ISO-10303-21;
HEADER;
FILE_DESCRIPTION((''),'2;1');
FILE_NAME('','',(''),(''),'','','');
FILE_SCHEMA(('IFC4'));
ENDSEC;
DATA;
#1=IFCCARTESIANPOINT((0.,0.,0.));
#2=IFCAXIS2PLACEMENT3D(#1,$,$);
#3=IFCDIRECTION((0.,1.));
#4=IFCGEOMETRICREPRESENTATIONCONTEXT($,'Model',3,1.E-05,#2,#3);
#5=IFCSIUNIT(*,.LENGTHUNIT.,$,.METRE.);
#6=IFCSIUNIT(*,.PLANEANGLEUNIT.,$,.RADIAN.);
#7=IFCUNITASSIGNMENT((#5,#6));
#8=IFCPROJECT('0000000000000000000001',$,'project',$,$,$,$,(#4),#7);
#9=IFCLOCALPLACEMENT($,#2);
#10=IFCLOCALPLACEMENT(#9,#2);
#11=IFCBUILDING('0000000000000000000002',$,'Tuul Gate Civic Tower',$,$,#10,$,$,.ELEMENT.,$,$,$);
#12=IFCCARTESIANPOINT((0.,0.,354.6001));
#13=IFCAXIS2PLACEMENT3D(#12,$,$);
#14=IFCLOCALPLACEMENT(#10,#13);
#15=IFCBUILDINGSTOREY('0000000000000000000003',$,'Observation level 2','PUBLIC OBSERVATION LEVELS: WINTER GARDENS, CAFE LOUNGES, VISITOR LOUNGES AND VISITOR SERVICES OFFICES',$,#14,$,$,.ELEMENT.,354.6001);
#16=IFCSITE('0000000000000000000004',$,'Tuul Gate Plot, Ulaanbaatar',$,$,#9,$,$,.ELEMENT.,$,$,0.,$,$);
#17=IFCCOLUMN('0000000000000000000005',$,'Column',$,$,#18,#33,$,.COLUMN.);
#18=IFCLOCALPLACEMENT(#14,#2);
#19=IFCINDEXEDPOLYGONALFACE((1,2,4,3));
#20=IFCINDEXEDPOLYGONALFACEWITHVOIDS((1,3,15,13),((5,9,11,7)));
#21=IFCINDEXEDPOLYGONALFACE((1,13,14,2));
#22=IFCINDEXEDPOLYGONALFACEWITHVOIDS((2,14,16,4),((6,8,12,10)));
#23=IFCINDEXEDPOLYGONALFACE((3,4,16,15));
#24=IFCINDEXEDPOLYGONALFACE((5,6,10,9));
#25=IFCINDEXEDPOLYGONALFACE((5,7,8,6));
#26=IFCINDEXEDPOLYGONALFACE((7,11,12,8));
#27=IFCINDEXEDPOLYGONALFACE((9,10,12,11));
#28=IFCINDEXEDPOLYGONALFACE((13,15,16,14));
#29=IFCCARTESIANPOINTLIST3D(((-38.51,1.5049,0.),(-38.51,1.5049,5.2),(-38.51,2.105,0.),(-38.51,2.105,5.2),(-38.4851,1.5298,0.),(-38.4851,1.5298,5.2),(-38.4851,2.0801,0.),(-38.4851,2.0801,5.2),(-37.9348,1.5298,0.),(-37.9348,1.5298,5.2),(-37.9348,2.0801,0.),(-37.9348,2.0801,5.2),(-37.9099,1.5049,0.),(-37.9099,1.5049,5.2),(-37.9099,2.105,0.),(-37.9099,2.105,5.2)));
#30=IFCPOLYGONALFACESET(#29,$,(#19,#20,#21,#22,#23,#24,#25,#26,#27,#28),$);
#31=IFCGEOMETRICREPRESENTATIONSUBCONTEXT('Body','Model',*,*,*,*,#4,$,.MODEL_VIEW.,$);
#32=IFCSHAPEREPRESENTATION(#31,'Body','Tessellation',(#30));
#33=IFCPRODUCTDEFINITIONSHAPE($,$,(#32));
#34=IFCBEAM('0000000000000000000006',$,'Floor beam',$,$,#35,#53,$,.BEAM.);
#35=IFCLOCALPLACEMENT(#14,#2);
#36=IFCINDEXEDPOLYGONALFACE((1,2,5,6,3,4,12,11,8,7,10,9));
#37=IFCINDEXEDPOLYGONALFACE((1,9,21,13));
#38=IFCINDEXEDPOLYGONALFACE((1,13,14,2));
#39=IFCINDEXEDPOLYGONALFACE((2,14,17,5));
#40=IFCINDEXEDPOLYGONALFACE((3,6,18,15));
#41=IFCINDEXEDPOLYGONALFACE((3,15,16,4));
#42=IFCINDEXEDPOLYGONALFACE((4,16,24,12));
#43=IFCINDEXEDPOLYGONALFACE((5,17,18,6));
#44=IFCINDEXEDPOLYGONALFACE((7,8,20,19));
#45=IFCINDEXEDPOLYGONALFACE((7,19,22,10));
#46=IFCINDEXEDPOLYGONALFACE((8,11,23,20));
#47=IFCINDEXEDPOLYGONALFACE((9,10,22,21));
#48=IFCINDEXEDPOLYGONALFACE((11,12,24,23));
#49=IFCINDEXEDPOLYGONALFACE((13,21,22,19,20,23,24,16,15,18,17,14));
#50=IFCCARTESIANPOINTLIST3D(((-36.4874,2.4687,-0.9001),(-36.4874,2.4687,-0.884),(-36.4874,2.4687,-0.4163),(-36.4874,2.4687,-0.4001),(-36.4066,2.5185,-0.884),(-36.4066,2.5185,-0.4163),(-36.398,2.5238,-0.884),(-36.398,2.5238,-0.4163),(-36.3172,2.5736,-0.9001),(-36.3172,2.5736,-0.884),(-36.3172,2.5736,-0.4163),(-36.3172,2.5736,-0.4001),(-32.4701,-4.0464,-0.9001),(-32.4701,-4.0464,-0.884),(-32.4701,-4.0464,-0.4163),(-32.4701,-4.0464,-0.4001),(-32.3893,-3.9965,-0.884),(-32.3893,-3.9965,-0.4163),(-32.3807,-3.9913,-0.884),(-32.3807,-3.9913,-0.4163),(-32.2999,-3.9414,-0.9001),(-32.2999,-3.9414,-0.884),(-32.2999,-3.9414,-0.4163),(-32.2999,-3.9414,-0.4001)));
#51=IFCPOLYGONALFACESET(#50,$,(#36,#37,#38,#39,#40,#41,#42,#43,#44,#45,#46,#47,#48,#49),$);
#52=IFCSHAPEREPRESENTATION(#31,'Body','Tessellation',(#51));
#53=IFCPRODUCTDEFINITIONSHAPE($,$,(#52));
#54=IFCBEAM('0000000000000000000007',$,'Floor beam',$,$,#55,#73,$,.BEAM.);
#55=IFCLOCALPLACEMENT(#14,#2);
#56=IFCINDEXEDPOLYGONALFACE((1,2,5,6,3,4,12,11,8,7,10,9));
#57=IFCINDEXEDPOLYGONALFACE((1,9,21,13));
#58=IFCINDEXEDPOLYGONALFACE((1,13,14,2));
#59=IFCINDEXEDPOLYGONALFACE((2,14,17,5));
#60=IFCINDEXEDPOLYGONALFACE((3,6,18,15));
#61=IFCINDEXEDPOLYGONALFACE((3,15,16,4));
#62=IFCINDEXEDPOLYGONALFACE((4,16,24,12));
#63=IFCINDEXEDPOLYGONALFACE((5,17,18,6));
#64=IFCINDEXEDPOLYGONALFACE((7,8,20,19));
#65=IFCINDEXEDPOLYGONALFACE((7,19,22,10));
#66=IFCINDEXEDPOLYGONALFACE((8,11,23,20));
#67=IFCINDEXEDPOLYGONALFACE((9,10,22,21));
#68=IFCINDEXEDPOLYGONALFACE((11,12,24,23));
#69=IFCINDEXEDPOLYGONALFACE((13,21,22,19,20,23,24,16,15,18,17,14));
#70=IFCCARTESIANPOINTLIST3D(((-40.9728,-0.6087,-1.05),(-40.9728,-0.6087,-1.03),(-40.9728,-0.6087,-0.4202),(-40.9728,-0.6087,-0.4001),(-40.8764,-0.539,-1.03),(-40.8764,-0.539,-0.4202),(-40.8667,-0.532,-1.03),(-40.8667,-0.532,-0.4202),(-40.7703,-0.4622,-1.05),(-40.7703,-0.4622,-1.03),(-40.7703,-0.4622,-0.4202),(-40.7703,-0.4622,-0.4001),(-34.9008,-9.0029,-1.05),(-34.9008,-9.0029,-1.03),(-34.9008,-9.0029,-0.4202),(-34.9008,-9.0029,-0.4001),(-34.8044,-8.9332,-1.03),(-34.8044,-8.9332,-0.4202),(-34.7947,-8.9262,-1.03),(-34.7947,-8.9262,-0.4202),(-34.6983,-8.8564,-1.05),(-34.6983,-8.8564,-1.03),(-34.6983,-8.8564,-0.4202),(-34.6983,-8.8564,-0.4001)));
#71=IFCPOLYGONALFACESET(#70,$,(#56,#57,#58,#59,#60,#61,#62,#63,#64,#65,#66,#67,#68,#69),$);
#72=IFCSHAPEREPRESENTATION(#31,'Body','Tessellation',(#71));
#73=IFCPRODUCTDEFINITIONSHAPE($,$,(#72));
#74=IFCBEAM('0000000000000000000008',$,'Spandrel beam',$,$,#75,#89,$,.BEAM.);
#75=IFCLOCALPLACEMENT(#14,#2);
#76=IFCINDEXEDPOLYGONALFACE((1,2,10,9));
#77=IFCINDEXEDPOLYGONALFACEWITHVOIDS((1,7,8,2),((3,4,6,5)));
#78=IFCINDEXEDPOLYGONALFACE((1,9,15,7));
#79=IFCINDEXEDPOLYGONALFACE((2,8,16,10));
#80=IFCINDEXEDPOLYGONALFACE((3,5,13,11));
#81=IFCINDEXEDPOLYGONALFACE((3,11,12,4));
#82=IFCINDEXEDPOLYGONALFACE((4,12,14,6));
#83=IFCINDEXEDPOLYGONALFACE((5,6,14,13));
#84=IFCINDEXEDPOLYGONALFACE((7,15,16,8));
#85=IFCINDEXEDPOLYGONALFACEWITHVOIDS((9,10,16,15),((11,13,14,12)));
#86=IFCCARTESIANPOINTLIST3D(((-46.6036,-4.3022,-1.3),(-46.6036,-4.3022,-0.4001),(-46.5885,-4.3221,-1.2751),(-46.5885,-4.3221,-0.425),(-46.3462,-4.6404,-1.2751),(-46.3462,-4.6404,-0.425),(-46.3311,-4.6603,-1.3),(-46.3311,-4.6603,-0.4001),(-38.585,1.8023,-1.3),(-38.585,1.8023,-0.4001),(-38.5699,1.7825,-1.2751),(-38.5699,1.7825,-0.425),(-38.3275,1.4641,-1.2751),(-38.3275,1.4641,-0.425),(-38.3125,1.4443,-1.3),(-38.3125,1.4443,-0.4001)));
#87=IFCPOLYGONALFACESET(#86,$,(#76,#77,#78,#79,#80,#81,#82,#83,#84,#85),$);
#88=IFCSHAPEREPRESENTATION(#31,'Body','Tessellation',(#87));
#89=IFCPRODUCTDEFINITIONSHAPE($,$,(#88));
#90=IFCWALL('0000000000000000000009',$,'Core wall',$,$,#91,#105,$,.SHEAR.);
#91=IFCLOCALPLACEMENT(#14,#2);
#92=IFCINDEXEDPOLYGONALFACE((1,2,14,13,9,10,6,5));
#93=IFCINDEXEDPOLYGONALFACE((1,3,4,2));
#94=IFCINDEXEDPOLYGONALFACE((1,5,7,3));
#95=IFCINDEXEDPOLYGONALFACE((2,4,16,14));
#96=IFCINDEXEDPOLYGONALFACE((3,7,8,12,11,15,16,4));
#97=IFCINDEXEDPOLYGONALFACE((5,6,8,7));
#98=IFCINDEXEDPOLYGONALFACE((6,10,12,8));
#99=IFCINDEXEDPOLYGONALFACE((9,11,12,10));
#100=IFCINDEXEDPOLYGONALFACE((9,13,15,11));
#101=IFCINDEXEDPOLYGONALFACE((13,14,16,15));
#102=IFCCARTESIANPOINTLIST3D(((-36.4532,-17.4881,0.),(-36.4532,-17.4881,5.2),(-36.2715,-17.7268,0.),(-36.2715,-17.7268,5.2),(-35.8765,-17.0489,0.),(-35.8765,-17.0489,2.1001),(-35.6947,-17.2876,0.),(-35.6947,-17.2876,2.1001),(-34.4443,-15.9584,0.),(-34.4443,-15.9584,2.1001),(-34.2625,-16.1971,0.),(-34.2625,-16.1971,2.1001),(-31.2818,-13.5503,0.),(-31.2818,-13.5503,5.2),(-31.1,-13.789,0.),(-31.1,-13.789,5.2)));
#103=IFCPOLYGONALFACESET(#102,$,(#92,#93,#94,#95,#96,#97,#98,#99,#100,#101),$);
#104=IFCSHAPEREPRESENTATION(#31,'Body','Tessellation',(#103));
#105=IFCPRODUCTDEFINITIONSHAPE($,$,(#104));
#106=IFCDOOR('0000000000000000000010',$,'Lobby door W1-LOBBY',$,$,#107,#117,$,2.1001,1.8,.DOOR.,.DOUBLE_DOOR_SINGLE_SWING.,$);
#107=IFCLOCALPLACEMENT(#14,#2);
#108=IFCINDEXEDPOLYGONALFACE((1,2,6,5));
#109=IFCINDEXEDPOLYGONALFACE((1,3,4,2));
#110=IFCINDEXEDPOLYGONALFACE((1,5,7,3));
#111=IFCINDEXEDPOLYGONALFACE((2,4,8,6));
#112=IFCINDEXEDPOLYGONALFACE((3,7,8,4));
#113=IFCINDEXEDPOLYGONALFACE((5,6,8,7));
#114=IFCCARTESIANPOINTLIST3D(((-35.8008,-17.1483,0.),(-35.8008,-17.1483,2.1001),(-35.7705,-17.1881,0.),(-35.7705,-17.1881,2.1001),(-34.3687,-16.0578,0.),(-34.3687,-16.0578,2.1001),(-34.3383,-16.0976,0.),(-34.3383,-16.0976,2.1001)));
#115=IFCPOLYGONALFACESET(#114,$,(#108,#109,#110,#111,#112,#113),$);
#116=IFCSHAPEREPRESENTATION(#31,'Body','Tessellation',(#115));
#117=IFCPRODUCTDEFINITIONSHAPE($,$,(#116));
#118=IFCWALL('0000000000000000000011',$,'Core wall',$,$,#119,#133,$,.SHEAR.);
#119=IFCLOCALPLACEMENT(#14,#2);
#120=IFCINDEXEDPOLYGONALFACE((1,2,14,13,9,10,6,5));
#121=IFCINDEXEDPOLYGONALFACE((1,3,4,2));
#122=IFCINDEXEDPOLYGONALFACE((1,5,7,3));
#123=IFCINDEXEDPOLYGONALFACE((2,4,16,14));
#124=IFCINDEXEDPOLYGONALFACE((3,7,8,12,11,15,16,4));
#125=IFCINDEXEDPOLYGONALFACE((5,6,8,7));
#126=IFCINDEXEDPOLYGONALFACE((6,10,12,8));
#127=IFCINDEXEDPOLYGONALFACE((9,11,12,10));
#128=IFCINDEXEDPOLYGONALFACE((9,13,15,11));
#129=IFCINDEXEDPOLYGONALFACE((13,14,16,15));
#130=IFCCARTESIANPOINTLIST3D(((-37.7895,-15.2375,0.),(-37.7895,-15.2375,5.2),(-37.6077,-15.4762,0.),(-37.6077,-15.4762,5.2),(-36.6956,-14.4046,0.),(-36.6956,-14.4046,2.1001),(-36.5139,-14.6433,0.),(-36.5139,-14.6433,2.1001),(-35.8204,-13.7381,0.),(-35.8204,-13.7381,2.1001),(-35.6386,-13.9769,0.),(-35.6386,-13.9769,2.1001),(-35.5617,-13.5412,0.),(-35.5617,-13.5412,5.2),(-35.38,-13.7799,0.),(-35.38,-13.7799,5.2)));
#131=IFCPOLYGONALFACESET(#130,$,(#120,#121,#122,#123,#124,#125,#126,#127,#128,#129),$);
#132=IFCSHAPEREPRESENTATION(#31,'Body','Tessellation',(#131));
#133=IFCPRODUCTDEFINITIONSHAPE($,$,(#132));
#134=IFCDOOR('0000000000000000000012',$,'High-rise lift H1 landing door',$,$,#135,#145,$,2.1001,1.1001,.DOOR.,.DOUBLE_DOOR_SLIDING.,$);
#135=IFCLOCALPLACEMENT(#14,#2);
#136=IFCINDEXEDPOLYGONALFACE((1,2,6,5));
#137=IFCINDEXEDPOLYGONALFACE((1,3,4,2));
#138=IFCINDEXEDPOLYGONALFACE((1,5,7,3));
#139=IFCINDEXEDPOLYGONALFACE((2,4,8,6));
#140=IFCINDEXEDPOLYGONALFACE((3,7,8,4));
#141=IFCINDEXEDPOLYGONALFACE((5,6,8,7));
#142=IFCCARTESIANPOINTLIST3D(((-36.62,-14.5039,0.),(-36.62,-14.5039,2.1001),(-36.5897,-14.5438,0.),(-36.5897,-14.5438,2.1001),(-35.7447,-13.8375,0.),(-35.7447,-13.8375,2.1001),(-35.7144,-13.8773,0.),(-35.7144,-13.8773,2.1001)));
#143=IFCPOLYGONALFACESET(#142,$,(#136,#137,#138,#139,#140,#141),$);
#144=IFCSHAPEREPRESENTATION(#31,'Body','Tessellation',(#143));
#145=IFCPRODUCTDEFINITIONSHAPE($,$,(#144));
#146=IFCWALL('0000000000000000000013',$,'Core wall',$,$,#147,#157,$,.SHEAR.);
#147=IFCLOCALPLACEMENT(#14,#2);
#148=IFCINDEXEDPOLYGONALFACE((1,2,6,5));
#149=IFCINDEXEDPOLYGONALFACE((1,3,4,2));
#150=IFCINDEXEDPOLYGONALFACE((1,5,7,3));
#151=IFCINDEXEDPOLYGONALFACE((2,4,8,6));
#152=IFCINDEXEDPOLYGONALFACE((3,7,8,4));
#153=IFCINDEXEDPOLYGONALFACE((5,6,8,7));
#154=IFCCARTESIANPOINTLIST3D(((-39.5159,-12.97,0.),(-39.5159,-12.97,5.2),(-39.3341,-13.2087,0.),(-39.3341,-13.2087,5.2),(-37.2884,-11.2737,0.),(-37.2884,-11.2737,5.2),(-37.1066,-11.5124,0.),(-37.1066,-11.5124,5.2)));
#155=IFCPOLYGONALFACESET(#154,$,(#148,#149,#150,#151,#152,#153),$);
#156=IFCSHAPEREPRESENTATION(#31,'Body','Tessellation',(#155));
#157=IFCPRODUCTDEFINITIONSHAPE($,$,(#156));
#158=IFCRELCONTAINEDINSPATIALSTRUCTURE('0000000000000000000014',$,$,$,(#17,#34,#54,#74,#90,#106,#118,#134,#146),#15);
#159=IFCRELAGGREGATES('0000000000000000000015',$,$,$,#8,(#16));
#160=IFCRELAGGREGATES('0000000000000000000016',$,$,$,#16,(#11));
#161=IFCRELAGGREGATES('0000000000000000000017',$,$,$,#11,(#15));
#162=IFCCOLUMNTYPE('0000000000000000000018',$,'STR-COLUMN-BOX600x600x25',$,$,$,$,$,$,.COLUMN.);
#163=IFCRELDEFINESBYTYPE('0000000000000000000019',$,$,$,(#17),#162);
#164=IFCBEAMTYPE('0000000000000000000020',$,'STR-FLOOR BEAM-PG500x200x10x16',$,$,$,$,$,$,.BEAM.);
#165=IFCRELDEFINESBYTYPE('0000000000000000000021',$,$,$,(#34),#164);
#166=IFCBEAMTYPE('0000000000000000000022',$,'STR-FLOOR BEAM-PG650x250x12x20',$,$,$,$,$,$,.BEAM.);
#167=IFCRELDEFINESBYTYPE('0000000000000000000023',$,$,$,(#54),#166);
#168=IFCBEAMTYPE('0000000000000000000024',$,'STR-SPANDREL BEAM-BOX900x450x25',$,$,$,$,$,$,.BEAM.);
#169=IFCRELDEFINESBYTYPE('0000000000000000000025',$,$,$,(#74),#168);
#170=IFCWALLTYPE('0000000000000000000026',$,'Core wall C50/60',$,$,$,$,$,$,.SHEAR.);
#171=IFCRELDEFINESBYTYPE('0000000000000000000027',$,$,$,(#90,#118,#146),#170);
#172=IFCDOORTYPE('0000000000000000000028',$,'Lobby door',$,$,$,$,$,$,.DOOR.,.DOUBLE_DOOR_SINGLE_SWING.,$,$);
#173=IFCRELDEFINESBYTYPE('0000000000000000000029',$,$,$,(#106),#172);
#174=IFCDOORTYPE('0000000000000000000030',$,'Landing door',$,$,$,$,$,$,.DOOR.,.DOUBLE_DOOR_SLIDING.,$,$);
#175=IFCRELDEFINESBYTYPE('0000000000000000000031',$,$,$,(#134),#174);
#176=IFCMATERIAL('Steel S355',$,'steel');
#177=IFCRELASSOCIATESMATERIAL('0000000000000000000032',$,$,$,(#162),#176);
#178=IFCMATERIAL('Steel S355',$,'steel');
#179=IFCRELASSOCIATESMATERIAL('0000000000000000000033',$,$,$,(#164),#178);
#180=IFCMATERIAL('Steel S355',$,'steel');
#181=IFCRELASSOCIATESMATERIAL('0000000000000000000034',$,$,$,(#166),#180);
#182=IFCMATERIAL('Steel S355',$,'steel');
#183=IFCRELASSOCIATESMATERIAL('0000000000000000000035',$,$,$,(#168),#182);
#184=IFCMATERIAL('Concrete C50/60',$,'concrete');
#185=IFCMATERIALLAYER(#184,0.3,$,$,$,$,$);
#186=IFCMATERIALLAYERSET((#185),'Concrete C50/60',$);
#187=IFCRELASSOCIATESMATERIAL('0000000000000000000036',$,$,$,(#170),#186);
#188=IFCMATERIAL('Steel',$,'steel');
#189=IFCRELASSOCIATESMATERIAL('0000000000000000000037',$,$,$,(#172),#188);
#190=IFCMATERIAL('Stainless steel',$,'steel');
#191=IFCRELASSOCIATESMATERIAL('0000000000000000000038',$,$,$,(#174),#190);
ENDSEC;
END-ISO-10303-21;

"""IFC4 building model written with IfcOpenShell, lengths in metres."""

from ifc_helpers import new_model, si_unit, direction, frame, frame_2d, origin, origin_2d, place, context, subcontext, project, spatial, rectangle, hollow_rectangle, i_section, extrude, material, layer, layer_set, material_profile, profile_set, type_object, element, fill, save


model = new_model("IFC4")

# Units and contexts
model_context = context("Model", 3, precision=1e-05, world=origin(), true_north=direction((0.0, 1.0)))
body_context = subcontext(model_context, "Body", "Model", "MODEL_VIEW")
ifc_project = project(units=[si_unit("LENGTHUNIT", "METRE"), si_unit("PLANEANGLEUNIT", "RADIAN")], contexts=[model_context])

# Site, building, storey
site_placement = place(None, origin())
site = spatial("IfcSite", under=ifc_project, at=site_placement, Name="Tuul Gate Plot, Ulaanbaatar", CompositionType="ELEMENT", RefElevation=0.0)
building_placement = place(site_placement, origin())
building = spatial("IfcBuilding", under=site, at=building_placement, Name="Tuul Gate Civic Tower", CompositionType="ELEMENT")
storey_placement = place(building_placement, frame((0.0, 0.0, 354.6001)))
storey = spatial("IfcBuildingStorey", under=building, at=storey_placement, Name="Observation level 2", Description="PUBLIC OBSERVATION LEVELS: WINTER GARDENS, CAFE LOUNGES, VISITOR LOUNGES AND VISITOR SERVICES OFFICES", CompositionType="ELEMENT", Elevation=354.6001)

# Column
ifc_material_1 = material(Name="Steel S355", Category="steel")
ifc_material_profile_1 = material_profile(ifc_material_1, hollow_rectangle(XDim=0.6001, YDim=0.6001, WallThickness=0.0249, at=origin_2d()), Name="BOX600x600x25")
ifc_profile_set_1 = profile_set([ifc_material_profile_1], Name="Steel S355")
column_type = type_object("IfcColumnType", Name="STR-COLUMN-BOX600x600x25", PredefinedType="COLUMN", material=ifc_profile_set_1)
column_placement = place(storey_placement, frame((-38.21, 1.8049, 0.0), z_axis=(0.0, 0.0, 1.0), x_axis=(1.0, 0.0, 0.0)))
element("IfcColumn", 1, at=column_placement, inside=storey, type_object=column_type, Name="Column", PredefinedType="COLUMN", context=body_context, shape_type="SweptSolid", body=[
    extrude(hollow_rectangle(XDim=0.6001, YDim=0.6001, WallThickness=0.0249, at=origin_2d()), origin(), (0.0, 0.0, 1.0), 5.2),
])

# Beams
ifc_material_2 = material(Name="Steel S355", Category="steel")
ifc_material_profile_2 = material_profile(ifc_material_2, i_section(OverallWidth=0.2, OverallDepth=0.5, WebThickness=0.01, FlangeThickness=0.0161, at=origin_2d()), Name="PG500x200x10x16")
ifc_profile_set_2 = profile_set([ifc_material_profile_2], Name="Steel S355")
beam_type_1 = type_object("IfcBeamType", Name="STR-FLOOR BEAM-PG500x200x10x16", PredefinedType="BEAM", material=ifc_profile_set_2)
beam_1_placement = place(storey_placement, frame((-32.385, -3.9939, -0.6501), z_axis=(-0.524857, 0.85119, 0.0), x_axis=(-0.85119, -0.524857, 0.0)))
element("IfcBeam", 2, at=beam_1_placement, inside=storey, type_object=beam_type_1, Name="Floor beam", PredefinedType="BEAM", context=body_context, shape_type="SweptSolid", body=[
    extrude(i_section(OverallWidth=0.2, OverallDepth=0.5, WebThickness=0.01, FlangeThickness=0.0161, at=origin_2d()), origin(), (0.0, 0.0, 1.0), 7.6541),
])
ifc_material_3 = material(Name="Steel S355", Category="steel")
ifc_material_profile_3 = material_profile(ifc_material_3, i_section(OverallWidth=0.25, OverallDepth=0.6499, WebThickness=0.012, FlangeThickness=0.02, at=origin_2d()), Name="PG650x250x12x20")
ifc_profile_set_3 = profile_set([ifc_material_profile_3], Name="Steel S355")
beam_type_2 = type_object("IfcBeamType", Name="STR-FLOOR BEAM-PG650x250x12x20", PredefinedType="BEAM", material=ifc_profile_set_3)
beam_2_placement = place(storey_placement, frame((-34.7996, -8.9297, -0.7251), z_axis=(-0.586092, 0.810245, 0.0), x_axis=(-0.810245, -0.586092, 0.0)))
element("IfcBeam", 3, at=beam_2_placement, inside=storey, type_object=beam_type_2, Name="Floor beam", PredefinedType="BEAM", context=body_context, shape_type="SweptSolid", body=[
    extrude(i_section(OverallWidth=0.25, OverallDepth=0.6499, WebThickness=0.012, FlangeThickness=0.02, at=origin_2d()), origin(), (0.0, 0.0, 1.0), 10.3601),
])
ifc_material_4 = material(Name="Steel S355", Category="steel")
ifc_material_profile_4 = material_profile(ifc_material_4, hollow_rectangle(XDim=0.45, YDim=0.8999, WallThickness=0.0249, at=origin_2d()), Name="BOX900x450x25")
ifc_profile_set_4 = profile_set([ifc_material_profile_4], Name="Steel S355")
beam_type_3 = type_object("IfcBeamType", Name="STR-SPANDREL BEAM-BOX900x450x25", PredefinedType="BEAM", material=ifc_profile_set_4)
beam_3_placement = place(storey_placement, frame((-38.4487, 1.6233, -0.8501), z_axis=(-0.795665, -0.605737, 0.0), x_axis=(0.605737, -0.795665, 0.0)))
element("IfcBeam", 4, at=beam_3_placement, inside=storey, type_object=beam_type_3, Name="Spandrel beam", PredefinedType="BEAM", context=body_context, shape_type="SweptSolid", body=[
    extrude(hollow_rectangle(XDim=0.45, YDim=0.8999, WallThickness=0.0249, at=origin_2d()), origin(), (0.0, 0.0, 1.0), 10.0779),
])

# Walls, openings, doors
ifc_material_5 = material(Name="Concrete C50/60", Category="concrete")
ifc_layer_1 = layer(ifc_material_5, 0.3)
ifc_layer_set_1 = layer_set([ifc_layer_1], Name="Concrete C50/60")
wall_type_1 = type_object("IfcWallType", Name="Core wall C50/60", PredefinedType="SHEAR", material=ifc_layer_set_1)
wall_1_placement = place(storey_placement, frame((-31.1909, -13.6697, 0.0), z_axis=(0.0, 0.0, 1.0), x_axis=(-0.795607, -0.605813, 0.0)))
wall_1 = element("IfcWall", 5, at=wall_1_placement, inside=storey, type_object=wall_type_1, Name="Core wall", PredefinedType="SHEAR", context=body_context, shape_type="SweptSolid", body=[
    extrude(rectangle(XDim=6.5, YDim=0.3, at=frame_2d((3.25, 0.0))), origin(), (0.0, 0.0, 1.0), 5.2),
])
opening_1_placement = place(wall_1_placement, frame((3.9751, 0.0, 0.0)))
opening_1 = element("IfcOpeningElement", 6, at=opening_1_placement, cuts=wall_1, PredefinedType="OPENING", context=body_context, shape_type="SweptSolid", body=[
    extrude(rectangle(XDim=1.8, YDim=2.1001, at=frame_2d((0.8999, 1.05))), frame((0.0, 0.1602, 0.0), z_axis=(0.0, -1.0, 0.0), x_axis=(1.0, 0.0, 0.0)), (0.0, 0.0, 1.0), 0.3201),
])
ifc_material_6 = material(Name="Steel", Category="steel")
door_type_1 = type_object("IfcDoorType", Name="Lobby door", OperationType="DOUBLE_DOOR_SINGLE_SWING", PredefinedType="DOOR", material=ifc_material_6)
door_1_placement = place(opening_1_placement, origin())
door_1 = element("IfcDoor", 7, at=door_1_placement, inside=storey, type_object=door_type_1, Name="Lobby door W1-LOBBY", OperationType="DOUBLE_DOOR_SINGLE_SWING", OverallHeight=2.1001, OverallWidth=1.8, PredefinedType="DOOR", context=body_context, shape_type="SweptSolid", body=[
    extrude(rectangle(XDim=1.8, YDim=2.1001, at=frame_2d((0.8999, 1.05))), frame((0.0, 0.0249, 0.0), z_axis=(0.0, -1.0, 0.0), x_axis=(1.0, 0.0, 0.0)), (0.0, 0.0, 1.0), 0.05),
])
fill(opening_1, door_1)
wall_2_placement = place(storey_placement, frame((-35.4709, -13.6606, 0.0), z_axis=(0.0, 0.0, 1.0), x_axis=(-0.795616, -0.605802, 0.0)))
wall_2 = element("IfcWall", 8, at=wall_2_placement, inside=storey, type_object=wall_type_1, Name="Core wall", PredefinedType="SHEAR", context=body_context, shape_type="SweptSolid", body=[
    extrude(rectangle(XDim=2.8, YDim=0.3, at=frame_2d((1.3999, 0.0))), origin(), (0.0, 0.0, 1.0), 5.2),
])
opening_2_placement = place(wall_2_placement, frame((0.325, 0.0, 0.0)))
opening_2 = element("IfcOpeningElement", 9, at=opening_2_placement, cuts=wall_2, PredefinedType="OPENING", context=body_context, shape_type="SweptSolid", body=[
    extrude(rectangle(XDim=1.1001, YDim=2.1001, at=frame_2d((0.55, 1.05))), frame((0.0, 0.1602, 0.0), z_axis=(0.0, -1.0, 0.0), x_axis=(1.0, 0.0, 0.0)), (0.0, 0.0, 1.0), 0.3201),
])
ifc_material_7 = material(Name="Stainless steel", Category="steel")
door_type_2 = type_object("IfcDoorType", Name="Landing door", OperationType="DOUBLE_DOOR_SLIDING", PredefinedType="DOOR", material=ifc_material_7)
door_2_placement = place(opening_2_placement, origin())
door_2 = element("IfcDoor", 10, at=door_2_placement, inside=storey, type_object=door_type_2, Name="High-rise lift H1 landing door", OperationType="DOUBLE_DOOR_SLIDING", OverallHeight=2.1001, OverallWidth=1.1001, PredefinedType="DOOR", context=body_context, shape_type="SweptSolid", body=[
    extrude(rectangle(XDim=1.1001, YDim=2.1001, at=frame_2d((0.55, 1.05))), frame((0.0, 0.0249, 0.0), z_axis=(0.0, -1.0, 0.0), x_axis=(1.0, 0.0, 0.0)), (0.0, 0.0, 1.0), 0.05),
])
fill(opening_2, door_2)

# Wall
wall_3_placement = place(storey_placement, frame((-37.1975, -11.3931, 0.0), z_axis=(0.0, 0.0, 1.0), x_axis=(-0.795584, -0.605844, 0.0)))
element("IfcWall", 11, at=wall_3_placement, inside=storey, type_object=wall_type_1, Name="Core wall", PredefinedType="SHEAR", context=body_context, shape_type="SweptSolid", body=[
    extrude(rectangle(XDim=2.7998, YDim=0.3, at=frame_2d((1.3999, 0.0))), origin(), (0.0, 0.0, 1.0), 5.2),
])

save(model, "model.ifc")
